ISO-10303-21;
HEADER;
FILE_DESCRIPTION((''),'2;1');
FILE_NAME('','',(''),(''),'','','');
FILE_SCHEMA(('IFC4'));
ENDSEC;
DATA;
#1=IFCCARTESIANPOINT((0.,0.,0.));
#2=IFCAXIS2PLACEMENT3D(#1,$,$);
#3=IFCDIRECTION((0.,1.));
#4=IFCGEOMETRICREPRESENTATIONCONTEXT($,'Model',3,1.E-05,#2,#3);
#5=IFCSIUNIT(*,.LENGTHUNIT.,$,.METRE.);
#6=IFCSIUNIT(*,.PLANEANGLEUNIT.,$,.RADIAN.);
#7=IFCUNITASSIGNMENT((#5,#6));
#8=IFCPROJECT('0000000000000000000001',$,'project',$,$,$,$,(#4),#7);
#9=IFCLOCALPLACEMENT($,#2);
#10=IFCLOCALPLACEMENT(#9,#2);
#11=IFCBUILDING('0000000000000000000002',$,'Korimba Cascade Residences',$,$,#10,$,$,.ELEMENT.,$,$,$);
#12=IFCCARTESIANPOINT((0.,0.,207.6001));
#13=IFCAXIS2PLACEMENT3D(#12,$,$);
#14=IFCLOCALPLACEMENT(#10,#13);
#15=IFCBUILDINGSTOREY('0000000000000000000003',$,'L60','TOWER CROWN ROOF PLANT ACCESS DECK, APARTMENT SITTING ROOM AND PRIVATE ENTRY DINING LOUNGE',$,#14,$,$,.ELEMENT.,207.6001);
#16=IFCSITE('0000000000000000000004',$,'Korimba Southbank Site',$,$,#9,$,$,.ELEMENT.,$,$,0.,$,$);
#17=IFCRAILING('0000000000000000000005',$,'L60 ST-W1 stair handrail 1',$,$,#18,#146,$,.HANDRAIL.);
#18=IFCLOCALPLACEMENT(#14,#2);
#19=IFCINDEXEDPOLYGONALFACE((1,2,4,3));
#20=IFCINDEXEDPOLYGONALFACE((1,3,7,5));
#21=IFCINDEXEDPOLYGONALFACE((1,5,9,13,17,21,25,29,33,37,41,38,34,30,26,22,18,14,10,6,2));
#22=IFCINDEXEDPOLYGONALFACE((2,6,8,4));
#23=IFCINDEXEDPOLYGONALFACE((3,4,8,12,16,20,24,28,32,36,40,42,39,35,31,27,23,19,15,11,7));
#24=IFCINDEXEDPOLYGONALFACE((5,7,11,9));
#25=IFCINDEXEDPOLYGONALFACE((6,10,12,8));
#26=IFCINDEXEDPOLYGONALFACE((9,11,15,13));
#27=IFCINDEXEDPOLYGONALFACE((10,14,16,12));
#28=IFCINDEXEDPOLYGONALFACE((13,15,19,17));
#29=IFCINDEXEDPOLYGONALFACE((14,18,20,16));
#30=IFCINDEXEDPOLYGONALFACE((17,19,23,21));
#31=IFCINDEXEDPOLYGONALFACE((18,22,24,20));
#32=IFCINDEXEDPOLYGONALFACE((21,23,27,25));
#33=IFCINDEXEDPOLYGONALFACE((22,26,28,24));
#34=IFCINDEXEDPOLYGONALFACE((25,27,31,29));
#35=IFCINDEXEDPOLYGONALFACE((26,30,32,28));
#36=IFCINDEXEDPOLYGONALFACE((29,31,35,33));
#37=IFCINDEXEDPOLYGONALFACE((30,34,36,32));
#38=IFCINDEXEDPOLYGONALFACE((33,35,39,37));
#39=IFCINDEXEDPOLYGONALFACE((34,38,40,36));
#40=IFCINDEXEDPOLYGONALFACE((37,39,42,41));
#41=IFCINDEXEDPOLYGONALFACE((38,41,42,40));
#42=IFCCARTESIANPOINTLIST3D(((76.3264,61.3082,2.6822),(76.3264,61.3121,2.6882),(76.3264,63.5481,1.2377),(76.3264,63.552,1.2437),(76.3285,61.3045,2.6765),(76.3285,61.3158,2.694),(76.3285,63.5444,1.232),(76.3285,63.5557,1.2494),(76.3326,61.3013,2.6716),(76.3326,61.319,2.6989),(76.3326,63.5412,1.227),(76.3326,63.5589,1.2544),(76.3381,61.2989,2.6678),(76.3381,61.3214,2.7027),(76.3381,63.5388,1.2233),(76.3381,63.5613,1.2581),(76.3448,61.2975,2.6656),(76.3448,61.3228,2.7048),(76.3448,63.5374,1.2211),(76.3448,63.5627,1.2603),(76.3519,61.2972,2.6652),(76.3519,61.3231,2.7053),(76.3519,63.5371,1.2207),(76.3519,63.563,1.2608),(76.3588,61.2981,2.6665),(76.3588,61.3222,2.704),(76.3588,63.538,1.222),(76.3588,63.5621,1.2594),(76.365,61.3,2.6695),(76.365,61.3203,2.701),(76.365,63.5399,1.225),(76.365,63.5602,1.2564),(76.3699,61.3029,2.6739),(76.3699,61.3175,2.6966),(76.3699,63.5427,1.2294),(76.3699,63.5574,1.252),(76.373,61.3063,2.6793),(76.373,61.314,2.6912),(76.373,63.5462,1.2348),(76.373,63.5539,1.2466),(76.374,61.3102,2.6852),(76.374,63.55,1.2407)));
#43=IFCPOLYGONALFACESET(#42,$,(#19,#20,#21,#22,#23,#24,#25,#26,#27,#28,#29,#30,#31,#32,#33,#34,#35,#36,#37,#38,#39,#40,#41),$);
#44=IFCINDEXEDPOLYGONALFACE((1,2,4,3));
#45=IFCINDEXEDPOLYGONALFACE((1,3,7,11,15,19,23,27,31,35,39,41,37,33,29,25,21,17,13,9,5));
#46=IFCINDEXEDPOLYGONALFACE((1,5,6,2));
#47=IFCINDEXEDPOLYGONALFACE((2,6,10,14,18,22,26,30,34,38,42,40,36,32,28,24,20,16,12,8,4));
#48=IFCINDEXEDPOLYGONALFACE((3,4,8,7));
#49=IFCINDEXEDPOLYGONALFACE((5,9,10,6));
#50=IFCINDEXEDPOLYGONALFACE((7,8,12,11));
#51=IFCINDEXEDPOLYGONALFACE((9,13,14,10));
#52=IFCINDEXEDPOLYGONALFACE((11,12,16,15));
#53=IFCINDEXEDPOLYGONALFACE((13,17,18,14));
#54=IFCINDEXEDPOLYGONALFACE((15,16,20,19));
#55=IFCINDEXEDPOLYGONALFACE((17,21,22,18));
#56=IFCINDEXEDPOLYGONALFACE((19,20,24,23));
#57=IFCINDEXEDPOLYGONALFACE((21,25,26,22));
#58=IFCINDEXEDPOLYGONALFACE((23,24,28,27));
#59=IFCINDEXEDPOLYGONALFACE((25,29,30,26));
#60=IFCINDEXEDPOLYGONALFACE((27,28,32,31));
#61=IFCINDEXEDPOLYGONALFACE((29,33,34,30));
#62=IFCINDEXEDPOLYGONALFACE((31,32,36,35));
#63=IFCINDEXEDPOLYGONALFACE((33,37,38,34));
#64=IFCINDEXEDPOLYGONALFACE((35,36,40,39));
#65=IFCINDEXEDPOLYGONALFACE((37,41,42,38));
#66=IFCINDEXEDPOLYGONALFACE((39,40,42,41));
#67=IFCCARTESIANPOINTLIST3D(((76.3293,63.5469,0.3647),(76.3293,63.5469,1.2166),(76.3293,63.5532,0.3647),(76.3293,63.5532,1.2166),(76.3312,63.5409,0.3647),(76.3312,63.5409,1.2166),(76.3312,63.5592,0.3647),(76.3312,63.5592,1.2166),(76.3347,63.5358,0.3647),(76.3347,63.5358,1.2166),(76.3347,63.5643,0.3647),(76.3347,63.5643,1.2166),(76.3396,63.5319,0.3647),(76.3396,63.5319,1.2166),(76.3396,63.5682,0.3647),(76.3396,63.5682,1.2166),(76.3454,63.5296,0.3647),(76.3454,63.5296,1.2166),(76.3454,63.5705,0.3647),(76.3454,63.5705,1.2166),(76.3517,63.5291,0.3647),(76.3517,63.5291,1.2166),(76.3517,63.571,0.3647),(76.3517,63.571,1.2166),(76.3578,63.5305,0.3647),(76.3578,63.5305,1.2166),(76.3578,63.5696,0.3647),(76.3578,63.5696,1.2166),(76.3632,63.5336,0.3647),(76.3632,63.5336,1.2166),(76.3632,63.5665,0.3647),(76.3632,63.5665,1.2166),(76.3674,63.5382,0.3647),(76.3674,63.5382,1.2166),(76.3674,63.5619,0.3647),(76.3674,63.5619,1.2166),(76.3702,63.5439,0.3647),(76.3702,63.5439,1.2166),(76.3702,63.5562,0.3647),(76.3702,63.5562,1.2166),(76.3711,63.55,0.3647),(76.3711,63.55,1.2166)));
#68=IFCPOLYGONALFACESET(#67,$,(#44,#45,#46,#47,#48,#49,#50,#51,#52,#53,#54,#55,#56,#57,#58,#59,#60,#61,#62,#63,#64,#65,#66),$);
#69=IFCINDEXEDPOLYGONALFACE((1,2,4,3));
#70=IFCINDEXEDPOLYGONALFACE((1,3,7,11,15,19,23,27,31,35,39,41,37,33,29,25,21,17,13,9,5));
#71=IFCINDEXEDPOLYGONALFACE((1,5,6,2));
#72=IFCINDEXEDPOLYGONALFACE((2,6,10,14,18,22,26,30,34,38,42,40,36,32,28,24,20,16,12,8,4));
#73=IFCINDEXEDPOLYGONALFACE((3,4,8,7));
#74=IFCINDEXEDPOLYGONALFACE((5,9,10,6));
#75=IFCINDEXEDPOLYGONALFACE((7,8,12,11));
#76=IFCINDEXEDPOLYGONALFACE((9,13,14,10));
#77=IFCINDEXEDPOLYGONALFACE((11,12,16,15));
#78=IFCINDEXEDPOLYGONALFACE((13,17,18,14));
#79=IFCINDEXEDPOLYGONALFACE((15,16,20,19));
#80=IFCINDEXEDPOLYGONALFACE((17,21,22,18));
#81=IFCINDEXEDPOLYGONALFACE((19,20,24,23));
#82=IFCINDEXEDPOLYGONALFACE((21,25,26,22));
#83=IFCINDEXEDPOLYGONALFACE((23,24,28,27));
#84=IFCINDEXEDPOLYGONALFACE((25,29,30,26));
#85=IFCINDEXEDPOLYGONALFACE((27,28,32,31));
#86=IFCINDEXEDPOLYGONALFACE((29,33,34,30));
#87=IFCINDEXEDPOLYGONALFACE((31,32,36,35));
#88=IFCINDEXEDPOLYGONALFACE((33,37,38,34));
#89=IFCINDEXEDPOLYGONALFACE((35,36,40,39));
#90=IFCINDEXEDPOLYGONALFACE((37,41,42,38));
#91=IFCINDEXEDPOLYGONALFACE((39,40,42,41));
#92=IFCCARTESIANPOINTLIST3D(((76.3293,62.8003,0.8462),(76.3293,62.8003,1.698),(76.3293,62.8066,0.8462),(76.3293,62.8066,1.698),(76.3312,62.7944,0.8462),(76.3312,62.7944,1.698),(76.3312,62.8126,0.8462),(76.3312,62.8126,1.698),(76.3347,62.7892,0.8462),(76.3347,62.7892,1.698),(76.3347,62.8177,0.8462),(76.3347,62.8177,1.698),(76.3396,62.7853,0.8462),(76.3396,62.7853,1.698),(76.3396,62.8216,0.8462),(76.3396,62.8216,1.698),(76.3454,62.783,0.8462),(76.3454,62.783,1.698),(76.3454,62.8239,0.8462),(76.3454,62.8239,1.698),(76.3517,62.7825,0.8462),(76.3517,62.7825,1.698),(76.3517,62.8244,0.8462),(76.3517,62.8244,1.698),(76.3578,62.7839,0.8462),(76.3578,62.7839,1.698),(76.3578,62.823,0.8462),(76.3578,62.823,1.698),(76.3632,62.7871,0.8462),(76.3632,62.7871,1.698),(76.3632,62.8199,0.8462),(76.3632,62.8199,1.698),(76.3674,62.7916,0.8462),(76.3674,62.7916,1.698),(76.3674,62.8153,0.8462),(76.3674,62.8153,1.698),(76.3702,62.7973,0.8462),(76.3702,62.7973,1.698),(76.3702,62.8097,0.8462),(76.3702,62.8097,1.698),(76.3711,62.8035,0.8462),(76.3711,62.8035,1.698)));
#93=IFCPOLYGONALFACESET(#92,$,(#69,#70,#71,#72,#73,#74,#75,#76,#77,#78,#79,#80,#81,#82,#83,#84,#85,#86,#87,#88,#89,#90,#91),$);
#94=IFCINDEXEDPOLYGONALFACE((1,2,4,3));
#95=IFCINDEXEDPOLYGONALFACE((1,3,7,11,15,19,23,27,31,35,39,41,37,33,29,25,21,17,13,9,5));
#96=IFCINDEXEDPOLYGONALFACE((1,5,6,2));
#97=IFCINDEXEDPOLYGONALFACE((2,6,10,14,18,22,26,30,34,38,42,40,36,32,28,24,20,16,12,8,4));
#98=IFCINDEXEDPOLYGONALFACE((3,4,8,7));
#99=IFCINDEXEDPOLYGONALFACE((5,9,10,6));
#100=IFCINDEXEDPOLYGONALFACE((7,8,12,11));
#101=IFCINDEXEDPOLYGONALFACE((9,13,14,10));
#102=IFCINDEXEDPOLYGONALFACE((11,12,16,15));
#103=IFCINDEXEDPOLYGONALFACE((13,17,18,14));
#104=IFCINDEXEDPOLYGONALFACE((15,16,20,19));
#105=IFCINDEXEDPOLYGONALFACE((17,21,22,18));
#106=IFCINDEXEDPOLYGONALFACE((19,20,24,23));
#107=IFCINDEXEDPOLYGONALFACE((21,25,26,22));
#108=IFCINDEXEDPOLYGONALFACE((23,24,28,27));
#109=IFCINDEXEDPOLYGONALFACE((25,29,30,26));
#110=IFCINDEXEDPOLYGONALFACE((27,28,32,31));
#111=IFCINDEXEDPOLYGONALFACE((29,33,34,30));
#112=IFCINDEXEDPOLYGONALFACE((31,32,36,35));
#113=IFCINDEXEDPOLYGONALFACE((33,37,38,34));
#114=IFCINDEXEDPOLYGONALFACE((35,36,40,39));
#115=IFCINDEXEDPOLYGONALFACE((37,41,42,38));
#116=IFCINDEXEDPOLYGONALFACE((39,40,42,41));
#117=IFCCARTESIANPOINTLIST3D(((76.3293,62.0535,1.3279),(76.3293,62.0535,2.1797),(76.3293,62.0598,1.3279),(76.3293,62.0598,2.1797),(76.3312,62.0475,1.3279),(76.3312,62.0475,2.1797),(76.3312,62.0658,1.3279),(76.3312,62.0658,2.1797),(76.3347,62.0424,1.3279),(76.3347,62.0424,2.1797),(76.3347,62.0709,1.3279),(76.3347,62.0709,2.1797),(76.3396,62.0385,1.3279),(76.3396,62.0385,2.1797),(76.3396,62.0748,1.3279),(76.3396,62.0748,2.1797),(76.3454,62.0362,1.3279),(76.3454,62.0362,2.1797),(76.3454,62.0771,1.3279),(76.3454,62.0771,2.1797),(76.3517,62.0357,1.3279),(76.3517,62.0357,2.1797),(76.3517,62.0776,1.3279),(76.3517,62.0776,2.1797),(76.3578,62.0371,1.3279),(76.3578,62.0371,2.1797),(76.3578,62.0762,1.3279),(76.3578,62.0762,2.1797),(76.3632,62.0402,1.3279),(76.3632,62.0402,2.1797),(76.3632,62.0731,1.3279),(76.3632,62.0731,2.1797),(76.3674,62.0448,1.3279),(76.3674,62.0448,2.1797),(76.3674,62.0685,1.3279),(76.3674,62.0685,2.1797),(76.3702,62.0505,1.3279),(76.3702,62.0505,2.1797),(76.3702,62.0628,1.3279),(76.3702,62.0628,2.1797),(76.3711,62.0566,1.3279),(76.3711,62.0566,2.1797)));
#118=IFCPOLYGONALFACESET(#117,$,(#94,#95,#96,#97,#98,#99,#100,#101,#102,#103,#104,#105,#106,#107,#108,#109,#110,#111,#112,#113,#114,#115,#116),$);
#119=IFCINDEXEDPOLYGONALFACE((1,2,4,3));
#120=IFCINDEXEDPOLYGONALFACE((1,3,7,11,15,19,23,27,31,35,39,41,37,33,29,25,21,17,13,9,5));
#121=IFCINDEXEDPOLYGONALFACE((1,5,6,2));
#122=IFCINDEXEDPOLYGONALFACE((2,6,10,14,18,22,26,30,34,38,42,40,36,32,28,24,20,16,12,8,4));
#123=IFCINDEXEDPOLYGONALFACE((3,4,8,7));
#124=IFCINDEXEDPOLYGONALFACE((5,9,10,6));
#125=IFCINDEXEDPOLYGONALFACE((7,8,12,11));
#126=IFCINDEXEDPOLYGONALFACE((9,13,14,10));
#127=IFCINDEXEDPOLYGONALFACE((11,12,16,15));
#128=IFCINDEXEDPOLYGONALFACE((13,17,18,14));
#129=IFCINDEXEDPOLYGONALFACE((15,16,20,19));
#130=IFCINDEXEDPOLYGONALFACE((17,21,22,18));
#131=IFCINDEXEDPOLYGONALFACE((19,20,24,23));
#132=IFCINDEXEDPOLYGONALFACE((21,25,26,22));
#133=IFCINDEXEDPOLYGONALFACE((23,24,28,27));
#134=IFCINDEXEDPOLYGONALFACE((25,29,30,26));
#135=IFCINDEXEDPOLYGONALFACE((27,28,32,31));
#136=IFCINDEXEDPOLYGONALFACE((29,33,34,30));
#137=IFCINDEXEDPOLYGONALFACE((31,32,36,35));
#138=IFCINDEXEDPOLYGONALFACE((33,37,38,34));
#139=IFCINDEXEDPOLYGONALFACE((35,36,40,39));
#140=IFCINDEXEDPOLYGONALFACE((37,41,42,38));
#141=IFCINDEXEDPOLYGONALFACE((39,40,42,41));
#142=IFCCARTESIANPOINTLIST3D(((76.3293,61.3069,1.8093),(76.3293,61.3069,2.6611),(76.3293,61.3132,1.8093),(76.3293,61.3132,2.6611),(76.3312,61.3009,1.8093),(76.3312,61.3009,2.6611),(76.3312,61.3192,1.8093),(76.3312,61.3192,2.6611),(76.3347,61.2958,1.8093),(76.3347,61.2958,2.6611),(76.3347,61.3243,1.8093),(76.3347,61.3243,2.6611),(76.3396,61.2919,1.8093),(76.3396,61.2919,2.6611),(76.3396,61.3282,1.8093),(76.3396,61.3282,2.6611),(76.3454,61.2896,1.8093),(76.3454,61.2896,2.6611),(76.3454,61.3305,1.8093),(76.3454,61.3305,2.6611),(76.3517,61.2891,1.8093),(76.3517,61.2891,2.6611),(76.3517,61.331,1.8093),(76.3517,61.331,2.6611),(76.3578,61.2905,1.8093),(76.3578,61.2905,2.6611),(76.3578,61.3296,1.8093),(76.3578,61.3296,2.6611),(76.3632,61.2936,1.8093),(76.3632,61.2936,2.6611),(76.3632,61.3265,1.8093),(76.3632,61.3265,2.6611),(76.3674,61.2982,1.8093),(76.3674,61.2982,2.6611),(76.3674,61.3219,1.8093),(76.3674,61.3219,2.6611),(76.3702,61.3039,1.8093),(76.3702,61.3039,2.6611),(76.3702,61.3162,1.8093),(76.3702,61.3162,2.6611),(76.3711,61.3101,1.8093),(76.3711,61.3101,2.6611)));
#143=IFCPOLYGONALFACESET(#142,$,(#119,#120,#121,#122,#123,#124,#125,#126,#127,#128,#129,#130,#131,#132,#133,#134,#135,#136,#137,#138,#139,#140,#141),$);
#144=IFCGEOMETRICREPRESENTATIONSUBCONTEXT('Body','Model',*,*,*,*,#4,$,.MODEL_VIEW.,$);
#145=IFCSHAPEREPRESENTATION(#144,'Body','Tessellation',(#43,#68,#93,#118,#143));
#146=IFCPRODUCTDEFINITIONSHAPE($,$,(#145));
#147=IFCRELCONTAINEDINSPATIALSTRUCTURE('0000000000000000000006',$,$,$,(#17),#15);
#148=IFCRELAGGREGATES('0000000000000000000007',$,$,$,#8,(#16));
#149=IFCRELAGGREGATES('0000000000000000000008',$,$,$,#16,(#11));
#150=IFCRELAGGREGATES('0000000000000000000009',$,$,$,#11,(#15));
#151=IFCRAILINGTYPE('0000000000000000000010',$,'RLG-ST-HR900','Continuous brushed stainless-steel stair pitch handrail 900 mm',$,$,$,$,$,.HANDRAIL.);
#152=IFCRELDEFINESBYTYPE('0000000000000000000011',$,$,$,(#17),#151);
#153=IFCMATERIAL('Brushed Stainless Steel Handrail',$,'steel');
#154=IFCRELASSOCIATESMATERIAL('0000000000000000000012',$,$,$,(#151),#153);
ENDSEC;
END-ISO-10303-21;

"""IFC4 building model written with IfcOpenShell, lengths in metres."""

from ifc_helpers import new_model, si_unit, direction, frame, origin, origin_2d, place, context, subcontext, project, spatial, circle, extrude, material, type_object, element, save


model = new_model("IFC4")

# Units and contexts
model_context = context("Model", 3, precision=1e-05, world=origin(), true_north=direction((0.0, 1.0)))
body_context = subcontext(model_context, "Body", "Model", "MODEL_VIEW")
ifc_project = project(units=[si_unit("LENGTHUNIT", "METRE"), si_unit("PLANEANGLEUNIT", "RADIAN")], contexts=[model_context])

# Site, building, storey
site_placement = place(None, origin())
site = spatial("IfcSite", under=ifc_project, at=site_placement, Name="Korimba Southbank Site", CompositionType="ELEMENT", RefElevation=0.0)
building_placement = place(site_placement, origin())
building = spatial("IfcBuilding", under=site, at=building_placement, Name="Korimba Cascade Residences", CompositionType="ELEMENT")
storey_placement = place(building_placement, frame((0.0, 0.0, 207.6001)))
storey = spatial("IfcBuildingStorey", under=building, at=storey_placement, Name="L60", Description="TOWER CROWN ROOF PLANT ACCESS DECK, APARTMENT SITTING ROOM AND PRIVATE ENTRY DINING LOUNGE", CompositionType="ELEMENT", Elevation=207.6001)

# Railing
ifc_material_1 = material(Name="Brushed Stainless Steel Handrail", Category="steel")
railing_type_1 = type_object("IfcRailingType", Name="RLG-ST-HR900", Description="Continuous brushed stainless-steel stair pitch handrail 900 mm", PredefinedType="HANDRAIL", material=ifc_material_1)
railing_1_placement = place(storey_placement, frame((76.3501, 63.55, 0.3647)))
element("IfcRailing", 1, at=railing_1_placement, inside=storey, type_object=railing_type_1, Name="L60 ST-W1 stair handrail 1", PredefinedType="HANDRAIL", context=body_context, shape_type="SweptSolid", body=[
    extrude(circle(Radius=0.0239, at=origin_2d()), frame((0.0, 0.0, 0.876), z_axis=(0.0, -0.840395, 0.541975), x_axis=(1.0, 0.0, 0.0)), (0.0, 0.0, 1.0), 2.6653),
    extrude(circle(Radius=0.021, at=origin_2d()), origin(), (0.0, 0.0, 1.0), 0.8518),
    extrude(circle(Radius=0.021, at=origin_2d()), frame((0.0, -0.7466, 0.4814)), (0.0, 0.0, 1.0), 0.8518),
    extrude(circle(Radius=0.021, at=origin_2d()), frame((0.0, -1.4934, 0.9631)), (0.0, 0.0, 1.0), 0.8518),
    extrude(circle(Radius=0.021, at=origin_2d()), frame((0.0, -2.24, 1.4446)), (0.0, 0.0, 1.0), 0.8518),
])

save(model, "model.ifc")
